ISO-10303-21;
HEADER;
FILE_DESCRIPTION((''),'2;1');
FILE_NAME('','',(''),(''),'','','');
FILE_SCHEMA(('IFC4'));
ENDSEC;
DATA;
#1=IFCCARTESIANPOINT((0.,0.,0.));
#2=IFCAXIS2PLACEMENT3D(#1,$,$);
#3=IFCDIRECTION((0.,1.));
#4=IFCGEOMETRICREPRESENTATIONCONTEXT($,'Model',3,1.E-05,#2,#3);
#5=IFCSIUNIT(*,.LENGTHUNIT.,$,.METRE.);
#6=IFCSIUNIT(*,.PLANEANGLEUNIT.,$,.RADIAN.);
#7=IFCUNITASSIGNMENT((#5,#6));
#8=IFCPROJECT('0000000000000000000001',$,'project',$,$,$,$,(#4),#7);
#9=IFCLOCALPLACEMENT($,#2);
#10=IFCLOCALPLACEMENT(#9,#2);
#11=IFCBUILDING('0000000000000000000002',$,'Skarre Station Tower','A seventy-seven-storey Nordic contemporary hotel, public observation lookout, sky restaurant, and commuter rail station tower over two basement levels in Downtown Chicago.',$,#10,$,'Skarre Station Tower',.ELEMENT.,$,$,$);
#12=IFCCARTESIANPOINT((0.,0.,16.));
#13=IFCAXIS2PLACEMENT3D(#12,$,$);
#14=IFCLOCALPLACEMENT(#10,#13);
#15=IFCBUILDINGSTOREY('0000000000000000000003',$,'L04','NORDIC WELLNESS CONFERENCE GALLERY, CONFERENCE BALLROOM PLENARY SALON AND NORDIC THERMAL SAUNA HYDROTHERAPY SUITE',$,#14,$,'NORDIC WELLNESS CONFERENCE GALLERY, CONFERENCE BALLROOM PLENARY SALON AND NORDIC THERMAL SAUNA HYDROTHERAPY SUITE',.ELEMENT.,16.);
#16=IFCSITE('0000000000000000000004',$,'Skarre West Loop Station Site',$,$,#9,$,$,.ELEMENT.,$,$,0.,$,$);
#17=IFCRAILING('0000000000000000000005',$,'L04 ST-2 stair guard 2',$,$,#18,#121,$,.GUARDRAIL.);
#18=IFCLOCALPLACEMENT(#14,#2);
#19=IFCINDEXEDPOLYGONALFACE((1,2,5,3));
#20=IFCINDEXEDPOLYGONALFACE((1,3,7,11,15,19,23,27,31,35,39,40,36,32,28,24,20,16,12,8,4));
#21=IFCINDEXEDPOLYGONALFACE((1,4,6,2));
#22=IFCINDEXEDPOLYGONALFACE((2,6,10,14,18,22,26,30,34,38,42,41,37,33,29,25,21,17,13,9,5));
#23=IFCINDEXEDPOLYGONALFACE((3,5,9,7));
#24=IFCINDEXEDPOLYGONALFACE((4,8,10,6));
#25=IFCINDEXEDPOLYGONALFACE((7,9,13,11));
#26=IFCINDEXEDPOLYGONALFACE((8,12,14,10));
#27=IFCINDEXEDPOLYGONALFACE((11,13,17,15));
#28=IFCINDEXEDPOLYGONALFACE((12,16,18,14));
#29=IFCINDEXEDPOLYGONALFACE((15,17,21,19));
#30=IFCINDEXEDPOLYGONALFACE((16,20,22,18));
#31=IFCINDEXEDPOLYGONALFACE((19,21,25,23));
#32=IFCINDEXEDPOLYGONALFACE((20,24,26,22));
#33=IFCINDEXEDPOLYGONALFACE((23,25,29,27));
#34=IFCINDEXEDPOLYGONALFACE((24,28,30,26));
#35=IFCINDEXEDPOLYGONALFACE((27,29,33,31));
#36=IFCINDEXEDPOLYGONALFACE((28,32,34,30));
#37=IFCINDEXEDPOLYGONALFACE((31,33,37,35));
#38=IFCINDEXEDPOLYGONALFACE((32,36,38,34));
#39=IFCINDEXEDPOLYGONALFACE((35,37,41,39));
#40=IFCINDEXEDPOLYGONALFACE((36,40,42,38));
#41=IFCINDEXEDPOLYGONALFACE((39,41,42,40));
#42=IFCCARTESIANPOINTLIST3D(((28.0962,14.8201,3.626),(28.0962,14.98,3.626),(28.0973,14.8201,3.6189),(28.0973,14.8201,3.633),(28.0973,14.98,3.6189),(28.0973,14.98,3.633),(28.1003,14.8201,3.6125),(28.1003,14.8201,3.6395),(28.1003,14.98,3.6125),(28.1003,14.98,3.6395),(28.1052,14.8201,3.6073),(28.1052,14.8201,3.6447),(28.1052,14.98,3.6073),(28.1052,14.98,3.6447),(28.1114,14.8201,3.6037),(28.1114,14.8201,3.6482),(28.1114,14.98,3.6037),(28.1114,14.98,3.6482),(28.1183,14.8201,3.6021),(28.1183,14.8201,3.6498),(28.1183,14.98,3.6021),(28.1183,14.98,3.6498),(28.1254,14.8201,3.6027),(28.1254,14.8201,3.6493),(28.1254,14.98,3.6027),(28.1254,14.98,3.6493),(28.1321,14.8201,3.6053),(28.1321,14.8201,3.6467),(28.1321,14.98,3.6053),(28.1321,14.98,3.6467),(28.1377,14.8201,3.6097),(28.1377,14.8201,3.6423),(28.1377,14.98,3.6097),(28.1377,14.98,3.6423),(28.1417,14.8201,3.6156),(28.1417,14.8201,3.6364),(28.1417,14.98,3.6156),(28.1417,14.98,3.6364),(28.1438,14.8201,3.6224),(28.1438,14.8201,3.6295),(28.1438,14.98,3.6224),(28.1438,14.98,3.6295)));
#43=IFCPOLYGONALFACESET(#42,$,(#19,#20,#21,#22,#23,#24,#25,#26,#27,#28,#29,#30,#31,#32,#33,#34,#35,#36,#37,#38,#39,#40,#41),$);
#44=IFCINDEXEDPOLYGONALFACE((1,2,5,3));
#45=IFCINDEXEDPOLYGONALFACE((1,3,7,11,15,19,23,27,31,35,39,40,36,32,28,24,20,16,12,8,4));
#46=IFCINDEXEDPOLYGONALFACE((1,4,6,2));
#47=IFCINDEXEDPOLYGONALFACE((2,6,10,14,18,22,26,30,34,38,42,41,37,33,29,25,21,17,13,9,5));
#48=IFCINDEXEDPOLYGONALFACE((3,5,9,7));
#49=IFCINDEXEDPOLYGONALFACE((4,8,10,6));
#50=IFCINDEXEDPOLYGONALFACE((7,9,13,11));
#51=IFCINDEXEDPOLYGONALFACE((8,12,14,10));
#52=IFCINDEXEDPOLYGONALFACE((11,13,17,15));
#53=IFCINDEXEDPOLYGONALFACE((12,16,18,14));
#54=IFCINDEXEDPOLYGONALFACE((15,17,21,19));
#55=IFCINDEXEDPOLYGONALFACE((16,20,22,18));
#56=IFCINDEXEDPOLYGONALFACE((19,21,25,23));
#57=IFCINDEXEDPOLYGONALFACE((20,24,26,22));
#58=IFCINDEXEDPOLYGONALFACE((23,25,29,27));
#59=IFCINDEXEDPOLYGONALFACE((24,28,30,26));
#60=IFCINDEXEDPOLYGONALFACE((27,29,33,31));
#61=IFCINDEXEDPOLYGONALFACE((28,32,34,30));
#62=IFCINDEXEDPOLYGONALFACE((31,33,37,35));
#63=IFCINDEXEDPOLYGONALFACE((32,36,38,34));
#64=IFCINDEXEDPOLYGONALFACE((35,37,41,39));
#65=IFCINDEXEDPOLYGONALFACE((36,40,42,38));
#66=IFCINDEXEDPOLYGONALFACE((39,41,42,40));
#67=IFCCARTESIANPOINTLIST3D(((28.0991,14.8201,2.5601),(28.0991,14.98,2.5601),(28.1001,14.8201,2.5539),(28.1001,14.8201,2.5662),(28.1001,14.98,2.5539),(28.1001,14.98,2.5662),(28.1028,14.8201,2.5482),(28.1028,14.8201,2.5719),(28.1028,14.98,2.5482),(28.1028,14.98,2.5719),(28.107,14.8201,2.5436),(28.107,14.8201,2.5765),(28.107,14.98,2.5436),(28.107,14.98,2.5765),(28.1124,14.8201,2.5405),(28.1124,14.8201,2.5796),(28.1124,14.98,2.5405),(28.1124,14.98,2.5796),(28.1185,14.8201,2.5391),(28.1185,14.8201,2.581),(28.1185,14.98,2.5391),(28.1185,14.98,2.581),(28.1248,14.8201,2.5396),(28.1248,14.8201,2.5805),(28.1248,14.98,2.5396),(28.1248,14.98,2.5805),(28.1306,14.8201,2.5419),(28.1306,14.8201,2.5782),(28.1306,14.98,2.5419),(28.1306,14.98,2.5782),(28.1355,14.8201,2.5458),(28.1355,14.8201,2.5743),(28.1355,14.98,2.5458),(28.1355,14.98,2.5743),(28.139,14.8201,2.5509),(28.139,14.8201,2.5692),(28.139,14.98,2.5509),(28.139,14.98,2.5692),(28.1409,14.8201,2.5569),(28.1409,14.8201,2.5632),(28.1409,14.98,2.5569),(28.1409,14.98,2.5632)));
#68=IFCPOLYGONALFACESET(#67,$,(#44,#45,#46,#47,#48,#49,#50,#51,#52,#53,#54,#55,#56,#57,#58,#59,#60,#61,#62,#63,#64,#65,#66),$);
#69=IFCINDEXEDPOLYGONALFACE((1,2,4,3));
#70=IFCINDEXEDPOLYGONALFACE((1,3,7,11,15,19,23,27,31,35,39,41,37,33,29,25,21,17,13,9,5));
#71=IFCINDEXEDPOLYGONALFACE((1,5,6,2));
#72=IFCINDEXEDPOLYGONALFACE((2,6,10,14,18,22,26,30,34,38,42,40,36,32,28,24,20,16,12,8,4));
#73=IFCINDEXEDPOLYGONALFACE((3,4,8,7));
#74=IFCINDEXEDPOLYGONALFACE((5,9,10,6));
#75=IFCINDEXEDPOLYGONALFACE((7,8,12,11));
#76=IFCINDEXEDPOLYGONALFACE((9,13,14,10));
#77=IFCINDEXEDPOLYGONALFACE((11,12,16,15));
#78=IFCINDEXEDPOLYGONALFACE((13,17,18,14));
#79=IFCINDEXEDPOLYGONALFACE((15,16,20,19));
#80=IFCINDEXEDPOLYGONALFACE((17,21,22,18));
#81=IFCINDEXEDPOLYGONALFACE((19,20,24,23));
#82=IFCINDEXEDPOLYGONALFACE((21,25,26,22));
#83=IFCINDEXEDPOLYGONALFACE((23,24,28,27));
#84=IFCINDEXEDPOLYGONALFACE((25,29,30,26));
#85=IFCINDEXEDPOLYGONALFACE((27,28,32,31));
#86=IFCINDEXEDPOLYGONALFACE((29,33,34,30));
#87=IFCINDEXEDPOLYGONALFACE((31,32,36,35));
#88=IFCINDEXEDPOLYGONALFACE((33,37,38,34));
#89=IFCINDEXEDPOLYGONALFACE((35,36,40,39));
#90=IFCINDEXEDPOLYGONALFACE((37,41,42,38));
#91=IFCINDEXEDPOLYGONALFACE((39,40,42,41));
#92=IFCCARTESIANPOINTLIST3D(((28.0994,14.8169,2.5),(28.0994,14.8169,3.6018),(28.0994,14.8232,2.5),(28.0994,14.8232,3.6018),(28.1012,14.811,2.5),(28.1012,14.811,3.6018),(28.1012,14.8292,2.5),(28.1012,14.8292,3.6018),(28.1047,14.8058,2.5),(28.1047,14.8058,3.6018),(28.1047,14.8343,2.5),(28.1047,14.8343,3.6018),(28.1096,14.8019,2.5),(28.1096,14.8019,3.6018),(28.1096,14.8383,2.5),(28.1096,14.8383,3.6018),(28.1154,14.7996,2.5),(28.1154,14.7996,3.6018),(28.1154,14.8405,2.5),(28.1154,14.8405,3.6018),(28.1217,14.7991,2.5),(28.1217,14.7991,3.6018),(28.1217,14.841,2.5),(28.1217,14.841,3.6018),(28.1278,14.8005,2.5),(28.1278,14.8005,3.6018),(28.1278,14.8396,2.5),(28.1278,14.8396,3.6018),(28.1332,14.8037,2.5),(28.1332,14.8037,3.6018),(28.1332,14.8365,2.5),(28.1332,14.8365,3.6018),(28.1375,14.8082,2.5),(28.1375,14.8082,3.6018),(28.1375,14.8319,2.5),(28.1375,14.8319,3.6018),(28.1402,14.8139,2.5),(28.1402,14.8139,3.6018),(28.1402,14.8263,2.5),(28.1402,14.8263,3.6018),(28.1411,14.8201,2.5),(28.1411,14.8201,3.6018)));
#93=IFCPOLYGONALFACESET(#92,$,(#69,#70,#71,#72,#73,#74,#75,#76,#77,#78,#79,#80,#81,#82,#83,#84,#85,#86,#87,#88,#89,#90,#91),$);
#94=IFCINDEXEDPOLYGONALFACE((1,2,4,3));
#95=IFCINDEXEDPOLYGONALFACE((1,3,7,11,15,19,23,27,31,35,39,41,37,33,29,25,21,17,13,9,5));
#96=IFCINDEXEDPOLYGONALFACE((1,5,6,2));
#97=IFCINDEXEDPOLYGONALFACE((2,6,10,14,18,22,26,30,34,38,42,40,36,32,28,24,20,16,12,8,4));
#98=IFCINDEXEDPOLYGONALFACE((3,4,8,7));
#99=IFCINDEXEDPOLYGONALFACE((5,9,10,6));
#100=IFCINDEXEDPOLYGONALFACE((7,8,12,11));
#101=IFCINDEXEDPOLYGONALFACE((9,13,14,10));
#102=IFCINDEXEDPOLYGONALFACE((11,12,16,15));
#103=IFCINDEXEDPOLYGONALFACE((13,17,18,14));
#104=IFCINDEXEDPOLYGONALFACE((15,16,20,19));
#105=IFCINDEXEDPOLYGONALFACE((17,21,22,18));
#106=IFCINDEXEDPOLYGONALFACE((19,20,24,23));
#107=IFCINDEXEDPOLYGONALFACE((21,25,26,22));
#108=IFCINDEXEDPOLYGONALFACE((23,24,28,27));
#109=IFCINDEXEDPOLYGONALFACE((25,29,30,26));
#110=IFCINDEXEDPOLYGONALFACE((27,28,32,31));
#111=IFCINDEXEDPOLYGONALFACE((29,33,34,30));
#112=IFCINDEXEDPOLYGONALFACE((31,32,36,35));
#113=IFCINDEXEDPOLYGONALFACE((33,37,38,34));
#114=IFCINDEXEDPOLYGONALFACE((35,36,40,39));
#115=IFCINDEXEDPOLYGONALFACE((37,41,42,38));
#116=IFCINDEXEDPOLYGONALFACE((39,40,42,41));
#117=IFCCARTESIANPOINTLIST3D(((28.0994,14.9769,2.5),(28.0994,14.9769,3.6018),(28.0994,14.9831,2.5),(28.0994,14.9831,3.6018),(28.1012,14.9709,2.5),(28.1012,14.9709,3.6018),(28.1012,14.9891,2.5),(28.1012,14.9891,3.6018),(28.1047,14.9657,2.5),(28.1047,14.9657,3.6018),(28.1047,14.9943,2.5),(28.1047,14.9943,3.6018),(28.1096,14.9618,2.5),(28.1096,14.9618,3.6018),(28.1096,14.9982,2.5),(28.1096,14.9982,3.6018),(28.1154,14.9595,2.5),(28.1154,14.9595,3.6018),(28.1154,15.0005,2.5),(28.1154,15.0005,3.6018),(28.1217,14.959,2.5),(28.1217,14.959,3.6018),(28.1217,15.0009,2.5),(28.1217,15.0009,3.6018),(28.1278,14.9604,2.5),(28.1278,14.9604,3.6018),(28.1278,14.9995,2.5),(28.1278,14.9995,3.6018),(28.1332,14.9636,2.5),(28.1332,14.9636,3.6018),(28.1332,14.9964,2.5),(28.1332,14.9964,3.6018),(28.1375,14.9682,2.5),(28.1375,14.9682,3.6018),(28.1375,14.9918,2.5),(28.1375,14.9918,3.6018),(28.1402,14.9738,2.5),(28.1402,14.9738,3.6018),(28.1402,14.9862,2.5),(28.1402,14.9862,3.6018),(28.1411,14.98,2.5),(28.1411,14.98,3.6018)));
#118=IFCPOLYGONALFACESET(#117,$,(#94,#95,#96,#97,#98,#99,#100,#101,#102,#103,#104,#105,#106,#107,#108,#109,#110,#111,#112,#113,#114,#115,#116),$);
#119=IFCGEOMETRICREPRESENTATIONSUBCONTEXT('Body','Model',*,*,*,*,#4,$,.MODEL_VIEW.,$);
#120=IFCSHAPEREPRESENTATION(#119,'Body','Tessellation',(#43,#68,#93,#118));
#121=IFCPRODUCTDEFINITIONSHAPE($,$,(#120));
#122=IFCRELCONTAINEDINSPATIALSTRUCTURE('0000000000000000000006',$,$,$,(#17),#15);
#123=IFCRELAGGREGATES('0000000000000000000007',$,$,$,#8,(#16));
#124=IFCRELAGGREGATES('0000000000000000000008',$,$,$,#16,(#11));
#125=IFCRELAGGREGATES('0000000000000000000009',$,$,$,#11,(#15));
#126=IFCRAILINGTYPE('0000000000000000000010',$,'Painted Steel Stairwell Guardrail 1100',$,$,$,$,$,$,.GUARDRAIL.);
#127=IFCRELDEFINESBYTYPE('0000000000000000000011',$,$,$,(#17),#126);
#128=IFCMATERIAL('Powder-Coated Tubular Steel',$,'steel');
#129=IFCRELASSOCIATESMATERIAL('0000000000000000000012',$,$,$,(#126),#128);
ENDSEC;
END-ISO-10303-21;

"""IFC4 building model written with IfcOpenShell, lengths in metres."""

from ifc_helpers import new_model, si_unit, direction, frame, origin, origin_2d, place, context, subcontext, project, spatial, circle, extrude, material, type_object, element, save


model = new_model("IFC4")

# Units and contexts
model_context = context("Model", 3, precision=1e-05, world=origin(), true_north=direction((0.0, 1.0)))
body_context = subcontext(model_context, "Body", "Model", "MODEL_VIEW")
ifc_project = project(units=[si_unit("LENGTHUNIT", "METRE"), si_unit("PLANEANGLEUNIT", "RADIAN")], contexts=[model_context])

# Site, building, storey
site_placement = place(None, origin())
site = spatial("IfcSite", under=ifc_project, at=site_placement, Name="Skarre West Loop Station Site", CompositionType="ELEMENT", RefElevation=0.0)
building_placement = place(site_placement, origin())
building = spatial("IfcBuilding", under=site, at=building_placement, Name="Skarre Station Tower", Description="A seventy-seven-storey Nordic contemporary hotel, public observation lookout, sky restaurant, and commuter rail station tower over two basement levels in Downtown Chicago.", LongName="Skarre Station Tower", CompositionType="ELEMENT")
storey_placement = place(building_placement, frame((0.0, 0.0, 16.0)))
storey = spatial("IfcBuildingStorey", under=building, at=storey_placement, Name="L04", Description="NORDIC WELLNESS CONFERENCE GALLERY, CONFERENCE BALLROOM PLENARY SALON AND NORDIC THERMAL SAUNA HYDROTHERAPY SUITE", LongName="NORDIC WELLNESS CONFERENCE GALLERY, CONFERENCE BALLROOM PLENARY SALON AND NORDIC THERMAL SAUNA HYDROTHERAPY SUITE", CompositionType="ELEMENT", Elevation=16.0)

# Railing
ifc_material_1 = material(Name="Powder-Coated Tubular Steel", Category="steel")
railing_type_1 = type_object("IfcRailingType", Name="Painted Steel Stairwell Guardrail 1100", PredefinedType="GUARDRAIL", material=ifc_material_1)
railing_1_placement = place(storey_placement, frame((28.1201, 14.8201, 2.5)))
element("IfcRailing", 1, at=railing_1_placement, inside=storey, type_object=railing_type_1, Name="L04 ST-2 stair guard 2", PredefinedType="GUARDRAIL", context=body_context, shape_type="SweptSolid", body=[
    extrude(circle(Radius=0.0239, at=origin_2d()), frame((0.0, 0.0, 1.126), z_axis=(0.0, 1.0, 0.0), x_axis=(-1.0, 0.0, 0.0)), (0.0, 0.0, 1.0), 0.1599),
    extrude(circle(Radius=0.021, at=origin_2d()), frame((0.0, 0.0, 0.0601), z_axis=(0.0, 1.0, 0.0), x_axis=(-1.0, 0.0, 0.0)), (0.0, 0.0, 1.0), 0.1599),
    extrude(circle(Radius=0.021, at=origin_2d()), origin(), (0.0, 0.0, 1.0), 1.1018),
    extrude(circle(Radius=0.021, at=origin_2d()), frame((0.0, 0.1599, 0.0)), (0.0, 0.0, 1.0), 1.1018),
])

save(model, "model.ifc")
